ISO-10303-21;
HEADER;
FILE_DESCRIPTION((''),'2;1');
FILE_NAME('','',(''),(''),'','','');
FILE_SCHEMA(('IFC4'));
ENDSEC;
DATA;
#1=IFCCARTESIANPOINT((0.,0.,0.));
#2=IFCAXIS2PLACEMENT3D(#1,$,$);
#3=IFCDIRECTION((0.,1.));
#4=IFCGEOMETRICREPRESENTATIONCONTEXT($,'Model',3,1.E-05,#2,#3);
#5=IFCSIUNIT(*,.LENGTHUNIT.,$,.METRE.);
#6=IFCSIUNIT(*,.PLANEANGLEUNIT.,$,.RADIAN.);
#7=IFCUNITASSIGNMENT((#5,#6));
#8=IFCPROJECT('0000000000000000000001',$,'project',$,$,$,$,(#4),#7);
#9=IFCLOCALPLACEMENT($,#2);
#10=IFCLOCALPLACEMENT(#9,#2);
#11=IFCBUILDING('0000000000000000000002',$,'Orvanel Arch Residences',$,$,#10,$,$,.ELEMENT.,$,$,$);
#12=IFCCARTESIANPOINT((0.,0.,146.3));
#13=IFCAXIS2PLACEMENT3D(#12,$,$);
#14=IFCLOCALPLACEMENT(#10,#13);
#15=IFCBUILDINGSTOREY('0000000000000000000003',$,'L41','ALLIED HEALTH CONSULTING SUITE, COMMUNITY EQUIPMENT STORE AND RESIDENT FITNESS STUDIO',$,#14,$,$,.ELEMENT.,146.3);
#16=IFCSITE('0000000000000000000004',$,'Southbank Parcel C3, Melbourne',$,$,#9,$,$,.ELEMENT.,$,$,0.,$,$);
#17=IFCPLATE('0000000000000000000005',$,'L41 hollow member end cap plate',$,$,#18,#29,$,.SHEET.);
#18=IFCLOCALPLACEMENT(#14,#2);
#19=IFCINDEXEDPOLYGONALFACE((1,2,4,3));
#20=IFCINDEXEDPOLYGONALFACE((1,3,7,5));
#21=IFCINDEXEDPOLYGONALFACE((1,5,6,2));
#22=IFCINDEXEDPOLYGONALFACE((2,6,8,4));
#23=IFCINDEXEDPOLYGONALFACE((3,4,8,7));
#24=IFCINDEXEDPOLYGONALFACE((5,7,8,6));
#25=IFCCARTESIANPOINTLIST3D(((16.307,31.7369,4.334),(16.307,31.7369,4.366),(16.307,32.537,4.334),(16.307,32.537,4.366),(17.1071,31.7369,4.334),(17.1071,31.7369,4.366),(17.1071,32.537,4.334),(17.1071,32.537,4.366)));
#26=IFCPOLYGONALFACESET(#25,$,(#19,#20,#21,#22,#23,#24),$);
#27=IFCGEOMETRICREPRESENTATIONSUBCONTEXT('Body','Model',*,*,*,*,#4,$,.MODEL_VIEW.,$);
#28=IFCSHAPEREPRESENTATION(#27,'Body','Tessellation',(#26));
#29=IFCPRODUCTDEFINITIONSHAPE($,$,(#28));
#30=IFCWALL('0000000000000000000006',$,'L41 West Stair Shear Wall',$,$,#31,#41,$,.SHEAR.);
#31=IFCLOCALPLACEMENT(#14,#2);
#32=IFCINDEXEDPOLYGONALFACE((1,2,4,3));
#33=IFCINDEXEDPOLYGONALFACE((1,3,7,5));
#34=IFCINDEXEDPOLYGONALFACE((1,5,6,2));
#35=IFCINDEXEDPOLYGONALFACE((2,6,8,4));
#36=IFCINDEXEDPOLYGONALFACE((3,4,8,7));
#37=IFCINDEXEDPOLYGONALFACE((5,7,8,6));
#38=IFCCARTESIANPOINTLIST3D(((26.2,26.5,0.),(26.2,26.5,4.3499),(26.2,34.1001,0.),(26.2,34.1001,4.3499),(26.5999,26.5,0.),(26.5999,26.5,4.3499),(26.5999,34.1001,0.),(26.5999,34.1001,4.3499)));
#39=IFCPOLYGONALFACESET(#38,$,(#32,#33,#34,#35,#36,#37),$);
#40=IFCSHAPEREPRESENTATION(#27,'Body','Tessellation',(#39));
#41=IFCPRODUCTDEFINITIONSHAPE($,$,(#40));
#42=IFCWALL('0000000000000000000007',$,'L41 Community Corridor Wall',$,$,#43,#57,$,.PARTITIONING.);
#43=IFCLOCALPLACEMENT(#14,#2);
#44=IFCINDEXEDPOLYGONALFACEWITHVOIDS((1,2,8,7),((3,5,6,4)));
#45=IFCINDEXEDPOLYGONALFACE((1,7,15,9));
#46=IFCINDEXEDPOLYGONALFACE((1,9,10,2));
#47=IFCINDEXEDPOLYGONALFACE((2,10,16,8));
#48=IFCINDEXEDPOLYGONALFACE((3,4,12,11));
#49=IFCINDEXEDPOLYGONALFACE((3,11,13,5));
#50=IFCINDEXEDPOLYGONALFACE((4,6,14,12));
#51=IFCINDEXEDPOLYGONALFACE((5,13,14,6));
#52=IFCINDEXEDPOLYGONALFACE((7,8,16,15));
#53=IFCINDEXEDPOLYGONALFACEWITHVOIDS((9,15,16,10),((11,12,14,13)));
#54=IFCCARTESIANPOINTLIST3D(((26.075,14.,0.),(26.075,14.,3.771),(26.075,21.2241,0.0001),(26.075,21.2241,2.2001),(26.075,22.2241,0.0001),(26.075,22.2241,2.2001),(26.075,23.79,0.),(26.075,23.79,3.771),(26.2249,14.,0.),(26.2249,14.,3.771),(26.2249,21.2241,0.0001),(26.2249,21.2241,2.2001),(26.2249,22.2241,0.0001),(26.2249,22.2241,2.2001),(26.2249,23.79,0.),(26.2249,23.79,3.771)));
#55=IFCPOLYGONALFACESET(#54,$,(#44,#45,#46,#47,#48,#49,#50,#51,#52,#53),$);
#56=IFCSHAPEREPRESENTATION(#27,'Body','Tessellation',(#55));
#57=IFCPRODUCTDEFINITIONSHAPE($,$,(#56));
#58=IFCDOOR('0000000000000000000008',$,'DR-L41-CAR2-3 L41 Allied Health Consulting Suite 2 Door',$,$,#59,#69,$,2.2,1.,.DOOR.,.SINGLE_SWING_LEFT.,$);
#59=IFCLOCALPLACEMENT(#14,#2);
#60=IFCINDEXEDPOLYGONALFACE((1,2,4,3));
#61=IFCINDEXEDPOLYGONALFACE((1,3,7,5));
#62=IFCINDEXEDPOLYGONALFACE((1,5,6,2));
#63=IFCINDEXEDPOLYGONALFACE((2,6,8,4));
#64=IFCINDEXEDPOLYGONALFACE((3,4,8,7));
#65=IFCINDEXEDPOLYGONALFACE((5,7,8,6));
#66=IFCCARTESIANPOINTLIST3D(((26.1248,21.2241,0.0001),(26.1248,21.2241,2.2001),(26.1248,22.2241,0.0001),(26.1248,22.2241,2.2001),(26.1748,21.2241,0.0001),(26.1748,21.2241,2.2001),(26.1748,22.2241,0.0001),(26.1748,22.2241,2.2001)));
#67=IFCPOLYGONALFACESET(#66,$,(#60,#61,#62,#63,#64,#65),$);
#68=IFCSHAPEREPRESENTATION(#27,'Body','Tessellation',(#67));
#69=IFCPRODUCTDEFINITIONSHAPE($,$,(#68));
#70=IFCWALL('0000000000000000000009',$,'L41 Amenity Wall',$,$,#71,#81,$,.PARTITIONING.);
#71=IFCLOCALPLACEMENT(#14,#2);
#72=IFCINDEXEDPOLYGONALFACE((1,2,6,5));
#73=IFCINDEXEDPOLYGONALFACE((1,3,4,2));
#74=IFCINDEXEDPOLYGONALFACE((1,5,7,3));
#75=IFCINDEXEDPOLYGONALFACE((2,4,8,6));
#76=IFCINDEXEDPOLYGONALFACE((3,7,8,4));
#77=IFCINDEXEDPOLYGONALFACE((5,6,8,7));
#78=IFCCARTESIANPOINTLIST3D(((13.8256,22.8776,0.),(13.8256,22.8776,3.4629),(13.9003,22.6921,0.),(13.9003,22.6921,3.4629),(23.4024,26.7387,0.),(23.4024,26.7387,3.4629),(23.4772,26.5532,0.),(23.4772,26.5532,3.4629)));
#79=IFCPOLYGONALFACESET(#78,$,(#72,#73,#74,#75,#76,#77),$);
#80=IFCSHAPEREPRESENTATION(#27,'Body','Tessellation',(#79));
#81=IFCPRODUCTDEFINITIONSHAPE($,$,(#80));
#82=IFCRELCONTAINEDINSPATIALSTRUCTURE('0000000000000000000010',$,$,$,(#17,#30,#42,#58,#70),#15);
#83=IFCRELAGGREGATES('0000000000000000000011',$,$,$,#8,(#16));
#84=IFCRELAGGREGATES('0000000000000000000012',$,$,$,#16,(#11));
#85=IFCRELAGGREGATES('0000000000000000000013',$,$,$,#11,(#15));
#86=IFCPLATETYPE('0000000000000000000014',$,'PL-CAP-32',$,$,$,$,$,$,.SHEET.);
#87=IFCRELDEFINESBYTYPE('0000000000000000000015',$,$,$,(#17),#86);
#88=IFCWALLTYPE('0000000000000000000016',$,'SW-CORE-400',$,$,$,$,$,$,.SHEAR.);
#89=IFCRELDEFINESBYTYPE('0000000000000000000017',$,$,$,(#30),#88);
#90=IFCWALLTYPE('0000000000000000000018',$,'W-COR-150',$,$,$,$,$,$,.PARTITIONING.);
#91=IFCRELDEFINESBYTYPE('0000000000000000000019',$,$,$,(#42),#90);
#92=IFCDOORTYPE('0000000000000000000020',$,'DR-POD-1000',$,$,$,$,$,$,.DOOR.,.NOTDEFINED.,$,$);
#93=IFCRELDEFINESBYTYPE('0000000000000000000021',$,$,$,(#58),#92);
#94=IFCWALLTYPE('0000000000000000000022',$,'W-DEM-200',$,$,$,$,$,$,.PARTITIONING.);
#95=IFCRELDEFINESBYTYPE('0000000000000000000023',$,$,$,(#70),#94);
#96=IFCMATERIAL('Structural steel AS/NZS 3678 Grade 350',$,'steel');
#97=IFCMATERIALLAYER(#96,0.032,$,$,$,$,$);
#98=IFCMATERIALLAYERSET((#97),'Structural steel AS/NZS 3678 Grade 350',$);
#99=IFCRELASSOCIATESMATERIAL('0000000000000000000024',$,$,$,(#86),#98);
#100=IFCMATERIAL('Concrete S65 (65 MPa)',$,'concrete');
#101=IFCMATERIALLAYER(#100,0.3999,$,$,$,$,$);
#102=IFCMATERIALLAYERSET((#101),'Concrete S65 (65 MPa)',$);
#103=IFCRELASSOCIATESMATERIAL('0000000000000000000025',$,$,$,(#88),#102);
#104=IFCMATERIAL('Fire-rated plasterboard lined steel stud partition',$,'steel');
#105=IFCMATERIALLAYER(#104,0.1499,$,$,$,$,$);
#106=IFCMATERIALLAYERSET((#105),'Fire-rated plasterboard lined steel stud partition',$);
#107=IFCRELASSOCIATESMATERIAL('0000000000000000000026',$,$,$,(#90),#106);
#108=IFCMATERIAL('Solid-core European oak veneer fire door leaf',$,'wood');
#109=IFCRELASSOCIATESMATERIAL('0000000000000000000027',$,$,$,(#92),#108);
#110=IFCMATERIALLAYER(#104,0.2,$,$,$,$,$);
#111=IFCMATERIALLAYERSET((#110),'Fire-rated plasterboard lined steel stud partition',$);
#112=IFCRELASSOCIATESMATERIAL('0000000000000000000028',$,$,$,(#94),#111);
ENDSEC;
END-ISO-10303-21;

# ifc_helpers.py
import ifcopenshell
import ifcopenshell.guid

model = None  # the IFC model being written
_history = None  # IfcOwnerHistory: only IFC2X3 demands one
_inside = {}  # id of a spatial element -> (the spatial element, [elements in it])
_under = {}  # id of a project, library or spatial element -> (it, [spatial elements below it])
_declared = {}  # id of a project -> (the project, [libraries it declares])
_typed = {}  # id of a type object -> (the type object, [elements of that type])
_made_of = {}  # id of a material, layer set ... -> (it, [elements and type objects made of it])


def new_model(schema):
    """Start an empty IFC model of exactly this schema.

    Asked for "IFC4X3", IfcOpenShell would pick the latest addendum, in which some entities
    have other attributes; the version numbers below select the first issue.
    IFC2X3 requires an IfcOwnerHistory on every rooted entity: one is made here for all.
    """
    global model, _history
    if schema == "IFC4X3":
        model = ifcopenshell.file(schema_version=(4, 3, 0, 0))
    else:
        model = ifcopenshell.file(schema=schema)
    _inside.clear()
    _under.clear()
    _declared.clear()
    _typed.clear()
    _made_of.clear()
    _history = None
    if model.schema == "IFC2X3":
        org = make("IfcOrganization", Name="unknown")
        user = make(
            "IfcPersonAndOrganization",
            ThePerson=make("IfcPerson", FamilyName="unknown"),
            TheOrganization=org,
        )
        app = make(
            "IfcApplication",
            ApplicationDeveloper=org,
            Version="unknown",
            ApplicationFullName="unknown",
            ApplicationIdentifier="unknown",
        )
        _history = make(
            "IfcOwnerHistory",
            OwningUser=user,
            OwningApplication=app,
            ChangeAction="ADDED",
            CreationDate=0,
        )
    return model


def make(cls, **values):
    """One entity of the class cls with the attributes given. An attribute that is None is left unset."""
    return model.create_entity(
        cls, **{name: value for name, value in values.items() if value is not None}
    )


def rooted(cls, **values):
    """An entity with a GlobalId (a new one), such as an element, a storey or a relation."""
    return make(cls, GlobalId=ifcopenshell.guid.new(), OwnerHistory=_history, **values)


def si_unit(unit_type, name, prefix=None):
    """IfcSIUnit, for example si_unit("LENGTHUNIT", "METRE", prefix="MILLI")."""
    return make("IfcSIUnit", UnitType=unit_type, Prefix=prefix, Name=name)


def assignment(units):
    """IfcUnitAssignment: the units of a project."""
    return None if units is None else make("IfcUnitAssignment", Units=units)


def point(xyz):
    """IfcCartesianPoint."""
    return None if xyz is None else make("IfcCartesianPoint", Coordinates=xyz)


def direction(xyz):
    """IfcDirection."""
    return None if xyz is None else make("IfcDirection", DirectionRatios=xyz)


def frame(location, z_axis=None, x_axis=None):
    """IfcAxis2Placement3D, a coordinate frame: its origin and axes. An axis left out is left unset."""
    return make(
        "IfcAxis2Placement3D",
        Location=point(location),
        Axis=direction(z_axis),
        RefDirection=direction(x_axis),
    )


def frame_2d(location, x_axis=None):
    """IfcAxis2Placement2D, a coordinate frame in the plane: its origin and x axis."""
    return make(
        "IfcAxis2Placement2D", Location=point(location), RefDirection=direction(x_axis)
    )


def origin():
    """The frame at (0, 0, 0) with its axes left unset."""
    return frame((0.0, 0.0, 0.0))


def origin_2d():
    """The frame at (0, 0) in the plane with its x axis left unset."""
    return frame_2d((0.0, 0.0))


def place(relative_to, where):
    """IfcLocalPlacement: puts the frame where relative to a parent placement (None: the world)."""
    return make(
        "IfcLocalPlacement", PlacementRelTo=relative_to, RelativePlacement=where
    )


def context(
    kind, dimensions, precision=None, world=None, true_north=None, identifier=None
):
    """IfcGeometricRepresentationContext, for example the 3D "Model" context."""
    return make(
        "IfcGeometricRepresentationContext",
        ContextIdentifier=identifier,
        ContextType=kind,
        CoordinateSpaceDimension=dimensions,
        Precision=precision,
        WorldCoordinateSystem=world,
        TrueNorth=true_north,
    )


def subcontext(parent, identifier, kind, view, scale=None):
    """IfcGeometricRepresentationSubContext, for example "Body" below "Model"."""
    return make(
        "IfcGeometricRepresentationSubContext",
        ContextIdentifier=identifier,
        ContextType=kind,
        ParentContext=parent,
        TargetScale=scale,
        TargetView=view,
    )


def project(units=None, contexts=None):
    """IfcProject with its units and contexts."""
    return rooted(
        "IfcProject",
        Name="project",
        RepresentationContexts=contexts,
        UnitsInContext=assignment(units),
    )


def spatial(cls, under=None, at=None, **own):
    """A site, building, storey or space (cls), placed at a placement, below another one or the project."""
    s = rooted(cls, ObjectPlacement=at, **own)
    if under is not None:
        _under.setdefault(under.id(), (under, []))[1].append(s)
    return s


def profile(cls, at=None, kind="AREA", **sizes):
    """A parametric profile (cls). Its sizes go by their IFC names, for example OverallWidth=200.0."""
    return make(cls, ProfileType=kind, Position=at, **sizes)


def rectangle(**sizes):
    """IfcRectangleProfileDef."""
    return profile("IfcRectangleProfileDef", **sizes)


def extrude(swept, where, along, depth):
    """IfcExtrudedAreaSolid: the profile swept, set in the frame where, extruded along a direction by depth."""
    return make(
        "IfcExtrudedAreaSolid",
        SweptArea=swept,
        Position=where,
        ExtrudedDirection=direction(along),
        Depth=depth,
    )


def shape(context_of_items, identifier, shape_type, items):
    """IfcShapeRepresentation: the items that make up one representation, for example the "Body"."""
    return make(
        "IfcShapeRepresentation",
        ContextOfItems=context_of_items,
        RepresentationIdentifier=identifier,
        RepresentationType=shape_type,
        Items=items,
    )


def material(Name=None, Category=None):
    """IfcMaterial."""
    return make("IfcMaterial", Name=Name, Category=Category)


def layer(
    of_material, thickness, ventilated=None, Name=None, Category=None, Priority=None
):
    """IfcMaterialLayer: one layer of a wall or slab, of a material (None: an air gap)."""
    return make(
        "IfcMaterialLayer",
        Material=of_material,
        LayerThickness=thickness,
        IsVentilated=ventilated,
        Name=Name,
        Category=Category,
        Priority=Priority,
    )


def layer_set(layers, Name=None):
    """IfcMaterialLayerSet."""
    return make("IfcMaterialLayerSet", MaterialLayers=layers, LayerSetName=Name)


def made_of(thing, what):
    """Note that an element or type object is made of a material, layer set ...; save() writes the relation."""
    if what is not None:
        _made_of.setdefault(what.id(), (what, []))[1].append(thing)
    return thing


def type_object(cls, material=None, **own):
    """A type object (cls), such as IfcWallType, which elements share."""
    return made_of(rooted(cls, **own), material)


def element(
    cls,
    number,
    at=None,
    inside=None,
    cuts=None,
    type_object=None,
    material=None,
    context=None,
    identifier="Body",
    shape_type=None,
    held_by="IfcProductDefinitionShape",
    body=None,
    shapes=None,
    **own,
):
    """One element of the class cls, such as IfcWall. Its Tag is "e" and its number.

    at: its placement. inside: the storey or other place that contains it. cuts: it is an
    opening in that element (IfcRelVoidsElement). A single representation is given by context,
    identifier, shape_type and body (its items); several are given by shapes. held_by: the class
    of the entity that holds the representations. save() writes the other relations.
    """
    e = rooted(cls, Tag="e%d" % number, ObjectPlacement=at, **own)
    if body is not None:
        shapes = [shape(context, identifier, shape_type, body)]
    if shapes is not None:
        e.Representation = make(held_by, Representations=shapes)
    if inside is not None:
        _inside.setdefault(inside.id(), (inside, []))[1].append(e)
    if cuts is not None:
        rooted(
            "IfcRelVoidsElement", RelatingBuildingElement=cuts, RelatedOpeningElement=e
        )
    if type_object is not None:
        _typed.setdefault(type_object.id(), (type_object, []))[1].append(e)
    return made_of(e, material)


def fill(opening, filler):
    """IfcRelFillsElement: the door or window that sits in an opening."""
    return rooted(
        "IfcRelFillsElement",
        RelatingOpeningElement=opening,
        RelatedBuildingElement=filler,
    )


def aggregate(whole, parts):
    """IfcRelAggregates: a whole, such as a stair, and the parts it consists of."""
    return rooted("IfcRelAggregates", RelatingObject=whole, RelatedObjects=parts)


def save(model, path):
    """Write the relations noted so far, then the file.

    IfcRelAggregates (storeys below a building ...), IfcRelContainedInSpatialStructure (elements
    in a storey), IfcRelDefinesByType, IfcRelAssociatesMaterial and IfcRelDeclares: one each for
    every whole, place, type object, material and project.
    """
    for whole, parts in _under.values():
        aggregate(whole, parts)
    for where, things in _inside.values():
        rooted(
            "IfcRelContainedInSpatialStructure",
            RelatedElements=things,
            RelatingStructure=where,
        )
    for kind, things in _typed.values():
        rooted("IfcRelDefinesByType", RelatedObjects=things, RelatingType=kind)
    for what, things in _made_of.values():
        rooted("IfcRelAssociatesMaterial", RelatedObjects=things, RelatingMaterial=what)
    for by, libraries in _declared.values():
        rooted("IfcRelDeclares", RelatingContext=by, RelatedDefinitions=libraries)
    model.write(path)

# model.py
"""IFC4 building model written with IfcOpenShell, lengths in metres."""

from ifc_helpers import new_model, si_unit, direction, frame, frame_2d, origin, origin_2d, place, context, subcontext, project, spatial, rectangle, extrude, material, layer, layer_set, type_object, element, fill, save


model = new_model("IFC4")

# Units and contexts
model_context = context("Model", 3, precision=1e-05, world=origin(), true_north=direction((0.0, 1.0)))
body_context = subcontext(model_context, "Body", "Model", "MODEL_VIEW")
ifc_project = project(units=[si_unit("LENGTHUNIT", "METRE"), si_unit("PLANEANGLEUNIT", "RADIAN")], contexts=[model_context])

# Site, building, storey
site_placement = place(None, origin())
site = spatial("IfcSite", under=ifc_project, at=site_placement, Name="Southbank Parcel C3, Melbourne", CompositionType="ELEMENT", RefElevation=0.0)
building_placement = place(site_placement, origin())
building = spatial("IfcBuilding", under=site, at=building_placement, Name="Orvanel Arch Residences", CompositionType="ELEMENT")
storey_placement = place(building_placement, frame((0.0, 0.0, 146.3)))
storey = spatial("IfcBuildingStorey", under=building, at=storey_placement, Name="L41", Description="ALLIED HEALTH CONSULTING SUITE, COMMUNITY EQUIPMENT STORE AND RESIDENT FITNESS STUDIO", CompositionType="ELEMENT", Elevation=146.3)

# Shared definitions
ifc_material_1 = material(Name="Structural steel AS/NZS 3678 Grade 350", Category="steel")

# Plate
ifc_layer_1 = layer(ifc_material_1, 0.032)
ifc_layer_set_1 = layer_set([ifc_layer_1], Name="Structural steel AS/NZS 3678 Grade 350")
plate_type = type_object("IfcPlateType", Name="PL-CAP-32", PredefinedType="SHEET", material=ifc_layer_set_1)
plate_placement = place(storey_placement, frame((16.707, 32.137, 4.334), z_axis=(0.0, 0.0, 1.0), x_axis=(1.0, 0.0, 0.0)))
element("IfcPlate", 1, at=plate_placement, inside=storey, type_object=plate_type, Name="L41 hollow member end cap plate", PredefinedType="SHEET", context=body_context, shape_type="SweptSolid", body=[
    extrude(rectangle(XDim=0.8, YDim=0.8, at=origin_2d()), origin(), (0.0, 0.0, 1.0), 0.032),
])

# Shared definitions
ifc_material_2 = material(Name="Concrete S65 (65 MPa)", Category="concrete")
ifc_layer_2 = layer(ifc_material_2, 0.3999)
ifc_layer_set_2 = layer_set([ifc_layer_2], Name="Concrete S65 (65 MPa)")
wall_type_1 = type_object("IfcWallType", Name="SW-CORE-400", PredefinedType="SHEAR", material=ifc_layer_set_2)

# Wall
wall_1_placement = place(storey_placement, frame((26.3999, 26.5, 0.0), z_axis=(0.0, 0.0, 1.0), x_axis=(0.0, 1.0, 0.0)))
element("IfcWall", 2, at=wall_1_placement, inside=storey, type_object=wall_type_1, Name="L41 West Stair Shear Wall", PredefinedType="SHEAR", context=body_context, shape_type="SweptSolid", body=[
    extrude(rectangle(XDim=7.6001, YDim=0.3999, at=frame_2d((3.8, 0.0))), origin(), (0.0, 0.0, 1.0), 4.3499),
])

# Wall, opening, door
ifc_material_3 = material(Name="Fire-rated plasterboard lined steel stud partition", Category="steel")
ifc_layer_3 = layer(ifc_material_3, 0.1499)
ifc_layer_set_3 = layer_set([ifc_layer_3], Name="Fire-rated plasterboard lined steel stud partition")
wall_type_2 = type_object("IfcWallType", Name="W-COR-150", PredefinedType="PARTITIONING", material=ifc_layer_set_3)
wall_2_placement = place(storey_placement, frame((26.1499, 23.79, 0.0), z_axis=(0.0, 0.0, 1.0), x_axis=(0.0, -1.0, 0.0)))
wall_2 = element("IfcWall", 3, at=wall_2_placement, inside=storey, type_object=wall_type_2, Name="L41 Community Corridor Wall", PredefinedType="PARTITIONING", context=body_context, shape_type="SweptSolid", body=[
    extrude(rectangle(XDim=9.79, YDim=0.1499, at=frame_2d((4.895, 0.0))), origin(), (0.0, 0.0, 1.0), 3.771),
])
opening_1_placement = place(wall_2_placement, frame((1.5659, 0.0, 0.0)))
opening_1 = element("IfcOpeningElement", 4, at=opening_1_placement, cuts=wall_2, PredefinedType="OPENING", context=body_context, shape_type="SweptSolid", body=[
    extrude(rectangle(XDim=1.0, YDim=2.2, at=frame_2d((0.5, 1.1001))), frame((0.0, 0.085, 0.0), z_axis=(0.0, -1.0, 0.0), x_axis=(1.0, 0.0, 0.0)), (0.0, 0.0, 1.0), 0.1699),
])
ifc_material_4 = material(Name="Solid-core European oak veneer fire door leaf", Category="wood")
door_type_1 = type_object("IfcDoorType", Name="DR-POD-1000", OperationType="NOTDEFINED", PredefinedType="DOOR", material=ifc_material_4)
door_1_placement = place(opening_1_placement, origin())
door_1 = element("IfcDoor", 5, at=door_1_placement, inside=storey, type_object=door_type_1, Name="DR-L41-CAR2-3 L41 Allied Health Consulting Suite 2 Door", OperationType="SINGLE_SWING_LEFT", OverallHeight=2.2, OverallWidth=1.0, PredefinedType="DOOR", context=body_context, shape_type="SweptSolid", body=[
    extrude(rectangle(XDim=1.0, YDim=2.2, at=frame_2d((0.5, 1.1001))), frame((0.0, 0.0249, 0.0), z_axis=(0.0, -1.0, 0.0), x_axis=(1.0, 0.0, 0.0)), (0.0, 0.0, 1.0), 0.05),
])
fill(opening_1, door_1)

# Wall
ifc_layer_4 = layer(ifc_material_3, 0.2)
ifc_layer_set_4 = layer_set([ifc_layer_4], Name="Fire-rated plasterboard lined steel stud partition")
wall_type_3 = type_object("IfcWallType", Name="W-DEM-200", PredefinedType="PARTITIONING", material=ifc_layer_set_4)
wall_3_placement = place(storey_placement, frame((23.4399, 26.646, 0.0), z_axis=(0.0, 0.0, 1.0), x_axis=(-0.927461, -0.373921, 0.0)))
element("IfcWall", 6, at=wall_3_placement, inside=storey, type_object=wall_type_3, Name="L41 Amenity Wall", PredefinedType="PARTITIONING", context=body_context, shape_type="SweptSolid", body=[
    extrude(rectangle(XDim=10.3259, YDim=0.2, at=frame_2d((5.1631, 0.0))), origin(), (0.0, 0.0, 1.0), 3.4629),
])

save(model, "model.ifc")
